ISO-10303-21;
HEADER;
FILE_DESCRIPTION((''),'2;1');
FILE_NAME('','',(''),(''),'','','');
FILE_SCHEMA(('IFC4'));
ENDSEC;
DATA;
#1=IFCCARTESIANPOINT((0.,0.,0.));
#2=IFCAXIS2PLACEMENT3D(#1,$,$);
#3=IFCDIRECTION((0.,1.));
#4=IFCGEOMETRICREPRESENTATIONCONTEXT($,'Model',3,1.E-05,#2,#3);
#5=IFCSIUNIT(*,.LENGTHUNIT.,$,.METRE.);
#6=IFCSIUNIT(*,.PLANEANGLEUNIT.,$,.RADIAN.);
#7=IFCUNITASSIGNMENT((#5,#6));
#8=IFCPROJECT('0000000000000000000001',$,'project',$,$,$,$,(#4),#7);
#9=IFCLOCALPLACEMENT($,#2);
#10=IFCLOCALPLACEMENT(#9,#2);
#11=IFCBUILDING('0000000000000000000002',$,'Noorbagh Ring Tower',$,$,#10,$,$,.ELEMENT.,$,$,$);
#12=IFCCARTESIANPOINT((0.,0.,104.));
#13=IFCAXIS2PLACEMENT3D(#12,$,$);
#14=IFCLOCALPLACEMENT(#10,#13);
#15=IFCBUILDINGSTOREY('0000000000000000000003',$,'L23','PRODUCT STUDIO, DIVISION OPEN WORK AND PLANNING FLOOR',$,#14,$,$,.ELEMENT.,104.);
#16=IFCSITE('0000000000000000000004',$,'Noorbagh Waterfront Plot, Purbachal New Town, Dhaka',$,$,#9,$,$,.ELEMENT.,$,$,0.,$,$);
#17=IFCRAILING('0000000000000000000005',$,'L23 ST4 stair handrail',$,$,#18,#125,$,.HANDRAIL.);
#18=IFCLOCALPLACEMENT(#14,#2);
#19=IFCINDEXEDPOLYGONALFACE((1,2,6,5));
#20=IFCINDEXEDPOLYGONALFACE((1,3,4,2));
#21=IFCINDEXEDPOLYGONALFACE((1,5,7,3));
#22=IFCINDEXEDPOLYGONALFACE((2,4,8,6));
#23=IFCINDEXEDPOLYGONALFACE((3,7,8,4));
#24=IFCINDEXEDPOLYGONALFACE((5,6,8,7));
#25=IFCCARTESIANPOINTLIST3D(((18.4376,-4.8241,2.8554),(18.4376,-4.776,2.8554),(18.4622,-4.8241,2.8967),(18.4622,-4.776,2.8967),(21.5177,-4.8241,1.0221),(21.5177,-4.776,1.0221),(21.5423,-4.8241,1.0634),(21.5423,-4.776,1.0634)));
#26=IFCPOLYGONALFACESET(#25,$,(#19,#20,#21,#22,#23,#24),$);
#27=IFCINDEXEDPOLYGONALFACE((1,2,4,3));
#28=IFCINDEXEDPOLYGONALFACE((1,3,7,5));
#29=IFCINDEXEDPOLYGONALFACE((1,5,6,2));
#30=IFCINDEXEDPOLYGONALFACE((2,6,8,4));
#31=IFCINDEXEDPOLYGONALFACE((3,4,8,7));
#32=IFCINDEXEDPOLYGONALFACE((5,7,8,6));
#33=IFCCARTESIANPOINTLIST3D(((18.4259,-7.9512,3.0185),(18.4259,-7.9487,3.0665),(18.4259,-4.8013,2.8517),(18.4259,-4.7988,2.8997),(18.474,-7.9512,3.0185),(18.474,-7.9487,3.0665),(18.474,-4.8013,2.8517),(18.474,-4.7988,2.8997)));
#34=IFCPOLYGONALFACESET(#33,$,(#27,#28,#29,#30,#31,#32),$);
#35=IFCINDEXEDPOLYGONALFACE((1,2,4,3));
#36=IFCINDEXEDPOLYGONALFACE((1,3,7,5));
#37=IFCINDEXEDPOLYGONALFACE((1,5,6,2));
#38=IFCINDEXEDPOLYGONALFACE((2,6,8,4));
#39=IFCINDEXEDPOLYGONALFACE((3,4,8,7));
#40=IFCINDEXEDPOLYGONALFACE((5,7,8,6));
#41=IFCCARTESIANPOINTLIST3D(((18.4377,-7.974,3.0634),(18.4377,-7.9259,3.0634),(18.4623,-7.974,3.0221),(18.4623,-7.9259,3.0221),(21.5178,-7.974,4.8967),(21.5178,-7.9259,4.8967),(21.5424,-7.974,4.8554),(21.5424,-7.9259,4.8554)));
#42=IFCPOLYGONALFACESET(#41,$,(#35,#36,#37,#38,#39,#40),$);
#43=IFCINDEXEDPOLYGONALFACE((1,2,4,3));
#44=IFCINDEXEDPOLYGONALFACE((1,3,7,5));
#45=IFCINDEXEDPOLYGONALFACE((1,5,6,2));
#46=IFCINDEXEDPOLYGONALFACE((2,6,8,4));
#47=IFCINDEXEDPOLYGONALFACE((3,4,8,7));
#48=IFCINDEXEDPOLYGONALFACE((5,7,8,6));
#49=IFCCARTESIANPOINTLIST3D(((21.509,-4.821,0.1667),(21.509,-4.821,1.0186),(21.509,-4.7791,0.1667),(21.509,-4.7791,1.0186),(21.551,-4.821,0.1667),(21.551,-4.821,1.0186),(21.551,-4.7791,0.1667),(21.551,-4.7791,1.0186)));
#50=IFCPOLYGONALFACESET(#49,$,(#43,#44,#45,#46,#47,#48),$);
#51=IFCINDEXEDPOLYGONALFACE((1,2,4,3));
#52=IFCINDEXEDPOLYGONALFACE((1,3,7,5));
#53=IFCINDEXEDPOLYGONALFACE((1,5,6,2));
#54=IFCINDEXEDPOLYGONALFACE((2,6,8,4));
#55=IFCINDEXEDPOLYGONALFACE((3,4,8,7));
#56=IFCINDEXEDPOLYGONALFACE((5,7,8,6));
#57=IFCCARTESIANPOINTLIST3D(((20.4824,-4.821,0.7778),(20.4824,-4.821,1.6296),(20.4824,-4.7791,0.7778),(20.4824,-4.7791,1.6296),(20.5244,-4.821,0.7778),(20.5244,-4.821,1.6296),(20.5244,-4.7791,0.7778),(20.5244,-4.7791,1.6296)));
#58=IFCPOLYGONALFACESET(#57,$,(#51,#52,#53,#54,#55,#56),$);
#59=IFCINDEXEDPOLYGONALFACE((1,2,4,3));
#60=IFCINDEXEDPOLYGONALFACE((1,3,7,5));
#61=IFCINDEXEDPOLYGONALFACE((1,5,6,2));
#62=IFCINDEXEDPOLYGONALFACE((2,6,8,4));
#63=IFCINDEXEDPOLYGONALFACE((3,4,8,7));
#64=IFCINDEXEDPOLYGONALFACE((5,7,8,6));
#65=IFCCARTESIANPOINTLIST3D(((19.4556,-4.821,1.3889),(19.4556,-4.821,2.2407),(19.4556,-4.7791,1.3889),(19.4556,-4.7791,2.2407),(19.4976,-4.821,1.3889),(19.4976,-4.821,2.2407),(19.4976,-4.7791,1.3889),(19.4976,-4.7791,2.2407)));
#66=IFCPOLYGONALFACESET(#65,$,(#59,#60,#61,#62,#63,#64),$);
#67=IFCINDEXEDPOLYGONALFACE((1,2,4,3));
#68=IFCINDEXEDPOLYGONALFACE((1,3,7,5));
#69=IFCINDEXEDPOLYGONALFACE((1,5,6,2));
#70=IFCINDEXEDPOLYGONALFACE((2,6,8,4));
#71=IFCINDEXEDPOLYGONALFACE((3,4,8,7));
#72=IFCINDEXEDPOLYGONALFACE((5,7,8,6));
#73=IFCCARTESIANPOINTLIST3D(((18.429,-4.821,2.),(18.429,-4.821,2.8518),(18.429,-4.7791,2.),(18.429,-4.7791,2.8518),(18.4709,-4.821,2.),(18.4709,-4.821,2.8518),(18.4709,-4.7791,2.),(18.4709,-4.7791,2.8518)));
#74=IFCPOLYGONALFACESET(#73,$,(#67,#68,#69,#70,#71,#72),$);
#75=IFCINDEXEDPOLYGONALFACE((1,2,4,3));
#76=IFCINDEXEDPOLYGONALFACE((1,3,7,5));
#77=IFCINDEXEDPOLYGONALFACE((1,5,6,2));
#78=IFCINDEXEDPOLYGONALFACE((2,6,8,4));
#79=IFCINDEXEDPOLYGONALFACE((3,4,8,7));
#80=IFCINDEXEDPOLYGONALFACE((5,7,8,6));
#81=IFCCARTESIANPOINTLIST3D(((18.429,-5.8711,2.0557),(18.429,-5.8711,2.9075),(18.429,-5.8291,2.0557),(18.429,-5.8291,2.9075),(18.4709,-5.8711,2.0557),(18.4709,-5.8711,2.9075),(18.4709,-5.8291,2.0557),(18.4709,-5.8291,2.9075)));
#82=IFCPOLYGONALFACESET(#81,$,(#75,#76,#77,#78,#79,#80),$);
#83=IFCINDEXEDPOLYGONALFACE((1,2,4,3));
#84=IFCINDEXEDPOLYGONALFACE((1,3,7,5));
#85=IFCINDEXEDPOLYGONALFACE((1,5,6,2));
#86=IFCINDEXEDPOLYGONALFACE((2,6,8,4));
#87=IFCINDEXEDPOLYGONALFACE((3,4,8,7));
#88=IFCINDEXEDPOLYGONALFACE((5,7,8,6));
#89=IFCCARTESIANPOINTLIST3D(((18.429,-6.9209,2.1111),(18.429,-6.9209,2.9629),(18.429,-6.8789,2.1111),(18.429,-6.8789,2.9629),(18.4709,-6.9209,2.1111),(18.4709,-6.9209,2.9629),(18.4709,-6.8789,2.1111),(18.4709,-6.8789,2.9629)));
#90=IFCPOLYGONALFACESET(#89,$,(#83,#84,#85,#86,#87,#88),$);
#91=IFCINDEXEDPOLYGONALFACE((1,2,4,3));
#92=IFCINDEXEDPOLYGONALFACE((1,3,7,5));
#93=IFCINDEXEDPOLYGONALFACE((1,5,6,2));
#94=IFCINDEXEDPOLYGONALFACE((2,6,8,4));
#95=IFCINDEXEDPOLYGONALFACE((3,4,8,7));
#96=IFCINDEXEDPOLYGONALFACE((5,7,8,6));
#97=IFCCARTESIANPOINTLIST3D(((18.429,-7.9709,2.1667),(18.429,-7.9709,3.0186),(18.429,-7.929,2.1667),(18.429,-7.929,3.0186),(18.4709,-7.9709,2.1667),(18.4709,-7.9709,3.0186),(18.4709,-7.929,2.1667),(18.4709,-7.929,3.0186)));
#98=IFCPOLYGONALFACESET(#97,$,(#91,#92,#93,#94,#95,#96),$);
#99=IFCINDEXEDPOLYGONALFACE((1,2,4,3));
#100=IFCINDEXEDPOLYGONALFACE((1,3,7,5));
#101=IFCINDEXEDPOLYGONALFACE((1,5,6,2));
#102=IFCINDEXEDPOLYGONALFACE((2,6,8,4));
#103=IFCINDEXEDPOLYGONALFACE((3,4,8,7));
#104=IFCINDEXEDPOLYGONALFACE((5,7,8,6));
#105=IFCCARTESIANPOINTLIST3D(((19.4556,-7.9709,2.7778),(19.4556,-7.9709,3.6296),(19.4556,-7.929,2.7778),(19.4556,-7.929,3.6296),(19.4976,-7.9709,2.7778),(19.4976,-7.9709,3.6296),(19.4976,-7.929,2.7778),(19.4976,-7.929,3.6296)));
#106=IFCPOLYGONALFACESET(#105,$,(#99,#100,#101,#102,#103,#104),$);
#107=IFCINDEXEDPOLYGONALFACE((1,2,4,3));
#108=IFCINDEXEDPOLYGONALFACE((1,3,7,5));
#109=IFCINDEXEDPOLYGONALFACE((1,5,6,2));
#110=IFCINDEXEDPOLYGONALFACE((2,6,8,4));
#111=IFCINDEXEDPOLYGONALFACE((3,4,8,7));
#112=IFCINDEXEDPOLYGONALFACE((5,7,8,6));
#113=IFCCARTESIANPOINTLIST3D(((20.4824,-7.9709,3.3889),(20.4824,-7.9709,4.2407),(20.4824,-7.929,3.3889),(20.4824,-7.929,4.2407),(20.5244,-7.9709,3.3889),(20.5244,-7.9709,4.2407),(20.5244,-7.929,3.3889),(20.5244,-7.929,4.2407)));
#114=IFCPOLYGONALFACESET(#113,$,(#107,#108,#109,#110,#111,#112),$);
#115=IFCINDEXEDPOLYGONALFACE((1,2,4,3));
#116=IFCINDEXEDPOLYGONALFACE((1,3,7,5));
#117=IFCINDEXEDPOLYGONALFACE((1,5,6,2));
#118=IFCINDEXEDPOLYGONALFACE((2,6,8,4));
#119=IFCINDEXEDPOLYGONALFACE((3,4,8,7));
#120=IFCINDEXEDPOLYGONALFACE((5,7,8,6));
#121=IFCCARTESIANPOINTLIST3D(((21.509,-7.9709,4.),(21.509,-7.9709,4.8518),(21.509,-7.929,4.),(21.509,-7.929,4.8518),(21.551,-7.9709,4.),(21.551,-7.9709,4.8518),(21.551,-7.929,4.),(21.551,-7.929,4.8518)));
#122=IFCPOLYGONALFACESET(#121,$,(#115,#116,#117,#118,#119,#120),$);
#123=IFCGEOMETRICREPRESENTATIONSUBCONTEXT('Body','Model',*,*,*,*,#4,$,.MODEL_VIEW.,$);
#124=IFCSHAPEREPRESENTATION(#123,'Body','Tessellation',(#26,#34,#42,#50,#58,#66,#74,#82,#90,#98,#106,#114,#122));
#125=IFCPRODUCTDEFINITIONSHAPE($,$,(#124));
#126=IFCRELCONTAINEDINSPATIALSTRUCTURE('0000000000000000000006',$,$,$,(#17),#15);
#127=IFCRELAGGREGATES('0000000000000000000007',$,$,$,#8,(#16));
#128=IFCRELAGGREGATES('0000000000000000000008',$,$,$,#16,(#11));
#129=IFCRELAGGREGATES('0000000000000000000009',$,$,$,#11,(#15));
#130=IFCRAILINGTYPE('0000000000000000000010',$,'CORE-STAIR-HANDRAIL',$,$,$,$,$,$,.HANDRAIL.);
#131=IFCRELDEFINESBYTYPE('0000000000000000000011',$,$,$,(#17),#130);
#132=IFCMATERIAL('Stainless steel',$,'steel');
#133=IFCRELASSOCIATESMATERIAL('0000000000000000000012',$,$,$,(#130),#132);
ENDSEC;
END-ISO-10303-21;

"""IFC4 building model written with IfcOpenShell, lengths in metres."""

from ifc_helpers import new_model, si_unit, direction, frame, origin, origin_2d, place, context, subcontext, project, spatial, rectangle, extrude, material, type_object, element, save


model = new_model("IFC4")

# Units and contexts
model_context = context("Model", 3, precision=1e-05, world=origin(), true_north=direction((0.0, 1.0)))
body_context = subcontext(model_context, "Body", "Model", "MODEL_VIEW")
ifc_project = project(units=[si_unit("LENGTHUNIT", "METRE"), si_unit("PLANEANGLEUNIT", "RADIAN")], contexts=[model_context])

# Site, building, storey
site_placement = place(None, origin())
site = spatial("IfcSite", under=ifc_project, at=site_placement, Name="Noorbagh Waterfront Plot, Purbachal New Town, Dhaka", CompositionType="ELEMENT", RefElevation=0.0)
building_placement = place(site_placement, origin())
building = spatial("IfcBuilding", under=site, at=building_placement, Name="Noorbagh Ring Tower", CompositionType="ELEMENT")
storey_placement = place(building_placement, frame((0.0, 0.0, 104.0)))
storey = spatial("IfcBuildingStorey", under=building, at=storey_placement, Name="L23", Description="PRODUCT STUDIO, DIVISION OPEN WORK AND PLANNING FLOOR", CompositionType="ELEMENT", Elevation=104.0)

# Railing
ifc_material_1 = material(Name="Stainless steel", Category="steel")
railing_type_1 = type_object("IfcRailingType", Name="CORE-STAIR-HANDRAIL", PredefinedType="HANDRAIL", material=ifc_material_1)
railing_1_placement = place(storey_placement, frame((21.53, -4.8, 0.1667)))
element("IfcRailing", 1, at=railing_1_placement, inside=storey, type_object=railing_type_1, Name="L23 ST4 stair handrail", PredefinedType="HANDRAIL", context=body_context, shape_type="SweptSolid", body=[
    extrude(rectangle(XDim=0.0481, YDim=0.0481, at=origin_2d()), frame((0.0, 0.0, 0.876), z_axis=(-0.859309, 0.0, 0.511458), x_axis=(0.0, -1.0, 0.0)), (0.0, 0.0, 1.0), 3.5845),
    extrude(rectangle(XDim=0.0481, YDim=0.0481, at=origin_2d()), frame((-3.0801, 0.0, 2.709), z_axis=(0.0, -0.998602, 0.052864), x_axis=(1.0, 0.0, 0.0)), (0.0, 0.0, 1.0), 3.1543),
    extrude(rectangle(XDim=0.0481, YDim=0.0481, at=origin_2d()), frame((-3.0801, -3.1499, 2.876), z_axis=(0.859309, 0.0, 0.511458), x_axis=(0.0, 1.0, 0.0)), (0.0, 0.0, 1.0), 3.5845),
    extrude(rectangle(XDim=0.042, YDim=0.042, at=origin_2d()), origin(), (0.0, 0.0, 1.0), 0.8518),
    extrude(rectangle(XDim=0.042, YDim=0.042, at=origin_2d()), frame((-1.0266, 0.0, 0.6111)), (0.0, 0.0, 1.0), 0.8518),
    extrude(rectangle(XDim=0.042, YDim=0.042, at=origin_2d()), frame((-2.0535, 0.0, 1.2222)), (0.0, 0.0, 1.0), 0.8518),
    extrude(rectangle(XDim=0.042, YDim=0.042, at=origin_2d()), frame((-3.0801, 0.0, 1.8333)), (0.0, 0.0, 1.0), 0.8518),
    extrude(rectangle(XDim=0.042, YDim=0.042, at=origin_2d()), frame((-3.0801, -1.05, 1.8889)), (0.0, 0.0, 1.0), 0.8518),
    extrude(rectangle(XDim=0.042, YDim=0.042, at=origin_2d()), frame((-3.0801, -2.0999, 1.9443)), (0.0, 0.0, 1.0), 0.8518),
    extrude(rectangle(XDim=0.042, YDim=0.042, at=origin_2d()), frame((-3.0801, -3.1499, 2.0)), (0.0, 0.0, 1.0), 0.8518),
    extrude(rectangle(XDim=0.042, YDim=0.042, at=origin_2d()), frame((-2.0535, -3.1499, 2.6111)), (0.0, 0.0, 1.0), 0.8518),
    extrude(rectangle(XDim=0.042, YDim=0.042, at=origin_2d()), frame((-1.0266, -3.1499, 3.2222)), (0.0, 0.0, 1.0), 0.8518),
    extrude(rectangle(XDim=0.042, YDim=0.042, at=origin_2d()), frame((0.0, -3.1499, 3.8333)), (0.0, 0.0, 1.0), 0.8518),
])

save(model, "model.ifc")
